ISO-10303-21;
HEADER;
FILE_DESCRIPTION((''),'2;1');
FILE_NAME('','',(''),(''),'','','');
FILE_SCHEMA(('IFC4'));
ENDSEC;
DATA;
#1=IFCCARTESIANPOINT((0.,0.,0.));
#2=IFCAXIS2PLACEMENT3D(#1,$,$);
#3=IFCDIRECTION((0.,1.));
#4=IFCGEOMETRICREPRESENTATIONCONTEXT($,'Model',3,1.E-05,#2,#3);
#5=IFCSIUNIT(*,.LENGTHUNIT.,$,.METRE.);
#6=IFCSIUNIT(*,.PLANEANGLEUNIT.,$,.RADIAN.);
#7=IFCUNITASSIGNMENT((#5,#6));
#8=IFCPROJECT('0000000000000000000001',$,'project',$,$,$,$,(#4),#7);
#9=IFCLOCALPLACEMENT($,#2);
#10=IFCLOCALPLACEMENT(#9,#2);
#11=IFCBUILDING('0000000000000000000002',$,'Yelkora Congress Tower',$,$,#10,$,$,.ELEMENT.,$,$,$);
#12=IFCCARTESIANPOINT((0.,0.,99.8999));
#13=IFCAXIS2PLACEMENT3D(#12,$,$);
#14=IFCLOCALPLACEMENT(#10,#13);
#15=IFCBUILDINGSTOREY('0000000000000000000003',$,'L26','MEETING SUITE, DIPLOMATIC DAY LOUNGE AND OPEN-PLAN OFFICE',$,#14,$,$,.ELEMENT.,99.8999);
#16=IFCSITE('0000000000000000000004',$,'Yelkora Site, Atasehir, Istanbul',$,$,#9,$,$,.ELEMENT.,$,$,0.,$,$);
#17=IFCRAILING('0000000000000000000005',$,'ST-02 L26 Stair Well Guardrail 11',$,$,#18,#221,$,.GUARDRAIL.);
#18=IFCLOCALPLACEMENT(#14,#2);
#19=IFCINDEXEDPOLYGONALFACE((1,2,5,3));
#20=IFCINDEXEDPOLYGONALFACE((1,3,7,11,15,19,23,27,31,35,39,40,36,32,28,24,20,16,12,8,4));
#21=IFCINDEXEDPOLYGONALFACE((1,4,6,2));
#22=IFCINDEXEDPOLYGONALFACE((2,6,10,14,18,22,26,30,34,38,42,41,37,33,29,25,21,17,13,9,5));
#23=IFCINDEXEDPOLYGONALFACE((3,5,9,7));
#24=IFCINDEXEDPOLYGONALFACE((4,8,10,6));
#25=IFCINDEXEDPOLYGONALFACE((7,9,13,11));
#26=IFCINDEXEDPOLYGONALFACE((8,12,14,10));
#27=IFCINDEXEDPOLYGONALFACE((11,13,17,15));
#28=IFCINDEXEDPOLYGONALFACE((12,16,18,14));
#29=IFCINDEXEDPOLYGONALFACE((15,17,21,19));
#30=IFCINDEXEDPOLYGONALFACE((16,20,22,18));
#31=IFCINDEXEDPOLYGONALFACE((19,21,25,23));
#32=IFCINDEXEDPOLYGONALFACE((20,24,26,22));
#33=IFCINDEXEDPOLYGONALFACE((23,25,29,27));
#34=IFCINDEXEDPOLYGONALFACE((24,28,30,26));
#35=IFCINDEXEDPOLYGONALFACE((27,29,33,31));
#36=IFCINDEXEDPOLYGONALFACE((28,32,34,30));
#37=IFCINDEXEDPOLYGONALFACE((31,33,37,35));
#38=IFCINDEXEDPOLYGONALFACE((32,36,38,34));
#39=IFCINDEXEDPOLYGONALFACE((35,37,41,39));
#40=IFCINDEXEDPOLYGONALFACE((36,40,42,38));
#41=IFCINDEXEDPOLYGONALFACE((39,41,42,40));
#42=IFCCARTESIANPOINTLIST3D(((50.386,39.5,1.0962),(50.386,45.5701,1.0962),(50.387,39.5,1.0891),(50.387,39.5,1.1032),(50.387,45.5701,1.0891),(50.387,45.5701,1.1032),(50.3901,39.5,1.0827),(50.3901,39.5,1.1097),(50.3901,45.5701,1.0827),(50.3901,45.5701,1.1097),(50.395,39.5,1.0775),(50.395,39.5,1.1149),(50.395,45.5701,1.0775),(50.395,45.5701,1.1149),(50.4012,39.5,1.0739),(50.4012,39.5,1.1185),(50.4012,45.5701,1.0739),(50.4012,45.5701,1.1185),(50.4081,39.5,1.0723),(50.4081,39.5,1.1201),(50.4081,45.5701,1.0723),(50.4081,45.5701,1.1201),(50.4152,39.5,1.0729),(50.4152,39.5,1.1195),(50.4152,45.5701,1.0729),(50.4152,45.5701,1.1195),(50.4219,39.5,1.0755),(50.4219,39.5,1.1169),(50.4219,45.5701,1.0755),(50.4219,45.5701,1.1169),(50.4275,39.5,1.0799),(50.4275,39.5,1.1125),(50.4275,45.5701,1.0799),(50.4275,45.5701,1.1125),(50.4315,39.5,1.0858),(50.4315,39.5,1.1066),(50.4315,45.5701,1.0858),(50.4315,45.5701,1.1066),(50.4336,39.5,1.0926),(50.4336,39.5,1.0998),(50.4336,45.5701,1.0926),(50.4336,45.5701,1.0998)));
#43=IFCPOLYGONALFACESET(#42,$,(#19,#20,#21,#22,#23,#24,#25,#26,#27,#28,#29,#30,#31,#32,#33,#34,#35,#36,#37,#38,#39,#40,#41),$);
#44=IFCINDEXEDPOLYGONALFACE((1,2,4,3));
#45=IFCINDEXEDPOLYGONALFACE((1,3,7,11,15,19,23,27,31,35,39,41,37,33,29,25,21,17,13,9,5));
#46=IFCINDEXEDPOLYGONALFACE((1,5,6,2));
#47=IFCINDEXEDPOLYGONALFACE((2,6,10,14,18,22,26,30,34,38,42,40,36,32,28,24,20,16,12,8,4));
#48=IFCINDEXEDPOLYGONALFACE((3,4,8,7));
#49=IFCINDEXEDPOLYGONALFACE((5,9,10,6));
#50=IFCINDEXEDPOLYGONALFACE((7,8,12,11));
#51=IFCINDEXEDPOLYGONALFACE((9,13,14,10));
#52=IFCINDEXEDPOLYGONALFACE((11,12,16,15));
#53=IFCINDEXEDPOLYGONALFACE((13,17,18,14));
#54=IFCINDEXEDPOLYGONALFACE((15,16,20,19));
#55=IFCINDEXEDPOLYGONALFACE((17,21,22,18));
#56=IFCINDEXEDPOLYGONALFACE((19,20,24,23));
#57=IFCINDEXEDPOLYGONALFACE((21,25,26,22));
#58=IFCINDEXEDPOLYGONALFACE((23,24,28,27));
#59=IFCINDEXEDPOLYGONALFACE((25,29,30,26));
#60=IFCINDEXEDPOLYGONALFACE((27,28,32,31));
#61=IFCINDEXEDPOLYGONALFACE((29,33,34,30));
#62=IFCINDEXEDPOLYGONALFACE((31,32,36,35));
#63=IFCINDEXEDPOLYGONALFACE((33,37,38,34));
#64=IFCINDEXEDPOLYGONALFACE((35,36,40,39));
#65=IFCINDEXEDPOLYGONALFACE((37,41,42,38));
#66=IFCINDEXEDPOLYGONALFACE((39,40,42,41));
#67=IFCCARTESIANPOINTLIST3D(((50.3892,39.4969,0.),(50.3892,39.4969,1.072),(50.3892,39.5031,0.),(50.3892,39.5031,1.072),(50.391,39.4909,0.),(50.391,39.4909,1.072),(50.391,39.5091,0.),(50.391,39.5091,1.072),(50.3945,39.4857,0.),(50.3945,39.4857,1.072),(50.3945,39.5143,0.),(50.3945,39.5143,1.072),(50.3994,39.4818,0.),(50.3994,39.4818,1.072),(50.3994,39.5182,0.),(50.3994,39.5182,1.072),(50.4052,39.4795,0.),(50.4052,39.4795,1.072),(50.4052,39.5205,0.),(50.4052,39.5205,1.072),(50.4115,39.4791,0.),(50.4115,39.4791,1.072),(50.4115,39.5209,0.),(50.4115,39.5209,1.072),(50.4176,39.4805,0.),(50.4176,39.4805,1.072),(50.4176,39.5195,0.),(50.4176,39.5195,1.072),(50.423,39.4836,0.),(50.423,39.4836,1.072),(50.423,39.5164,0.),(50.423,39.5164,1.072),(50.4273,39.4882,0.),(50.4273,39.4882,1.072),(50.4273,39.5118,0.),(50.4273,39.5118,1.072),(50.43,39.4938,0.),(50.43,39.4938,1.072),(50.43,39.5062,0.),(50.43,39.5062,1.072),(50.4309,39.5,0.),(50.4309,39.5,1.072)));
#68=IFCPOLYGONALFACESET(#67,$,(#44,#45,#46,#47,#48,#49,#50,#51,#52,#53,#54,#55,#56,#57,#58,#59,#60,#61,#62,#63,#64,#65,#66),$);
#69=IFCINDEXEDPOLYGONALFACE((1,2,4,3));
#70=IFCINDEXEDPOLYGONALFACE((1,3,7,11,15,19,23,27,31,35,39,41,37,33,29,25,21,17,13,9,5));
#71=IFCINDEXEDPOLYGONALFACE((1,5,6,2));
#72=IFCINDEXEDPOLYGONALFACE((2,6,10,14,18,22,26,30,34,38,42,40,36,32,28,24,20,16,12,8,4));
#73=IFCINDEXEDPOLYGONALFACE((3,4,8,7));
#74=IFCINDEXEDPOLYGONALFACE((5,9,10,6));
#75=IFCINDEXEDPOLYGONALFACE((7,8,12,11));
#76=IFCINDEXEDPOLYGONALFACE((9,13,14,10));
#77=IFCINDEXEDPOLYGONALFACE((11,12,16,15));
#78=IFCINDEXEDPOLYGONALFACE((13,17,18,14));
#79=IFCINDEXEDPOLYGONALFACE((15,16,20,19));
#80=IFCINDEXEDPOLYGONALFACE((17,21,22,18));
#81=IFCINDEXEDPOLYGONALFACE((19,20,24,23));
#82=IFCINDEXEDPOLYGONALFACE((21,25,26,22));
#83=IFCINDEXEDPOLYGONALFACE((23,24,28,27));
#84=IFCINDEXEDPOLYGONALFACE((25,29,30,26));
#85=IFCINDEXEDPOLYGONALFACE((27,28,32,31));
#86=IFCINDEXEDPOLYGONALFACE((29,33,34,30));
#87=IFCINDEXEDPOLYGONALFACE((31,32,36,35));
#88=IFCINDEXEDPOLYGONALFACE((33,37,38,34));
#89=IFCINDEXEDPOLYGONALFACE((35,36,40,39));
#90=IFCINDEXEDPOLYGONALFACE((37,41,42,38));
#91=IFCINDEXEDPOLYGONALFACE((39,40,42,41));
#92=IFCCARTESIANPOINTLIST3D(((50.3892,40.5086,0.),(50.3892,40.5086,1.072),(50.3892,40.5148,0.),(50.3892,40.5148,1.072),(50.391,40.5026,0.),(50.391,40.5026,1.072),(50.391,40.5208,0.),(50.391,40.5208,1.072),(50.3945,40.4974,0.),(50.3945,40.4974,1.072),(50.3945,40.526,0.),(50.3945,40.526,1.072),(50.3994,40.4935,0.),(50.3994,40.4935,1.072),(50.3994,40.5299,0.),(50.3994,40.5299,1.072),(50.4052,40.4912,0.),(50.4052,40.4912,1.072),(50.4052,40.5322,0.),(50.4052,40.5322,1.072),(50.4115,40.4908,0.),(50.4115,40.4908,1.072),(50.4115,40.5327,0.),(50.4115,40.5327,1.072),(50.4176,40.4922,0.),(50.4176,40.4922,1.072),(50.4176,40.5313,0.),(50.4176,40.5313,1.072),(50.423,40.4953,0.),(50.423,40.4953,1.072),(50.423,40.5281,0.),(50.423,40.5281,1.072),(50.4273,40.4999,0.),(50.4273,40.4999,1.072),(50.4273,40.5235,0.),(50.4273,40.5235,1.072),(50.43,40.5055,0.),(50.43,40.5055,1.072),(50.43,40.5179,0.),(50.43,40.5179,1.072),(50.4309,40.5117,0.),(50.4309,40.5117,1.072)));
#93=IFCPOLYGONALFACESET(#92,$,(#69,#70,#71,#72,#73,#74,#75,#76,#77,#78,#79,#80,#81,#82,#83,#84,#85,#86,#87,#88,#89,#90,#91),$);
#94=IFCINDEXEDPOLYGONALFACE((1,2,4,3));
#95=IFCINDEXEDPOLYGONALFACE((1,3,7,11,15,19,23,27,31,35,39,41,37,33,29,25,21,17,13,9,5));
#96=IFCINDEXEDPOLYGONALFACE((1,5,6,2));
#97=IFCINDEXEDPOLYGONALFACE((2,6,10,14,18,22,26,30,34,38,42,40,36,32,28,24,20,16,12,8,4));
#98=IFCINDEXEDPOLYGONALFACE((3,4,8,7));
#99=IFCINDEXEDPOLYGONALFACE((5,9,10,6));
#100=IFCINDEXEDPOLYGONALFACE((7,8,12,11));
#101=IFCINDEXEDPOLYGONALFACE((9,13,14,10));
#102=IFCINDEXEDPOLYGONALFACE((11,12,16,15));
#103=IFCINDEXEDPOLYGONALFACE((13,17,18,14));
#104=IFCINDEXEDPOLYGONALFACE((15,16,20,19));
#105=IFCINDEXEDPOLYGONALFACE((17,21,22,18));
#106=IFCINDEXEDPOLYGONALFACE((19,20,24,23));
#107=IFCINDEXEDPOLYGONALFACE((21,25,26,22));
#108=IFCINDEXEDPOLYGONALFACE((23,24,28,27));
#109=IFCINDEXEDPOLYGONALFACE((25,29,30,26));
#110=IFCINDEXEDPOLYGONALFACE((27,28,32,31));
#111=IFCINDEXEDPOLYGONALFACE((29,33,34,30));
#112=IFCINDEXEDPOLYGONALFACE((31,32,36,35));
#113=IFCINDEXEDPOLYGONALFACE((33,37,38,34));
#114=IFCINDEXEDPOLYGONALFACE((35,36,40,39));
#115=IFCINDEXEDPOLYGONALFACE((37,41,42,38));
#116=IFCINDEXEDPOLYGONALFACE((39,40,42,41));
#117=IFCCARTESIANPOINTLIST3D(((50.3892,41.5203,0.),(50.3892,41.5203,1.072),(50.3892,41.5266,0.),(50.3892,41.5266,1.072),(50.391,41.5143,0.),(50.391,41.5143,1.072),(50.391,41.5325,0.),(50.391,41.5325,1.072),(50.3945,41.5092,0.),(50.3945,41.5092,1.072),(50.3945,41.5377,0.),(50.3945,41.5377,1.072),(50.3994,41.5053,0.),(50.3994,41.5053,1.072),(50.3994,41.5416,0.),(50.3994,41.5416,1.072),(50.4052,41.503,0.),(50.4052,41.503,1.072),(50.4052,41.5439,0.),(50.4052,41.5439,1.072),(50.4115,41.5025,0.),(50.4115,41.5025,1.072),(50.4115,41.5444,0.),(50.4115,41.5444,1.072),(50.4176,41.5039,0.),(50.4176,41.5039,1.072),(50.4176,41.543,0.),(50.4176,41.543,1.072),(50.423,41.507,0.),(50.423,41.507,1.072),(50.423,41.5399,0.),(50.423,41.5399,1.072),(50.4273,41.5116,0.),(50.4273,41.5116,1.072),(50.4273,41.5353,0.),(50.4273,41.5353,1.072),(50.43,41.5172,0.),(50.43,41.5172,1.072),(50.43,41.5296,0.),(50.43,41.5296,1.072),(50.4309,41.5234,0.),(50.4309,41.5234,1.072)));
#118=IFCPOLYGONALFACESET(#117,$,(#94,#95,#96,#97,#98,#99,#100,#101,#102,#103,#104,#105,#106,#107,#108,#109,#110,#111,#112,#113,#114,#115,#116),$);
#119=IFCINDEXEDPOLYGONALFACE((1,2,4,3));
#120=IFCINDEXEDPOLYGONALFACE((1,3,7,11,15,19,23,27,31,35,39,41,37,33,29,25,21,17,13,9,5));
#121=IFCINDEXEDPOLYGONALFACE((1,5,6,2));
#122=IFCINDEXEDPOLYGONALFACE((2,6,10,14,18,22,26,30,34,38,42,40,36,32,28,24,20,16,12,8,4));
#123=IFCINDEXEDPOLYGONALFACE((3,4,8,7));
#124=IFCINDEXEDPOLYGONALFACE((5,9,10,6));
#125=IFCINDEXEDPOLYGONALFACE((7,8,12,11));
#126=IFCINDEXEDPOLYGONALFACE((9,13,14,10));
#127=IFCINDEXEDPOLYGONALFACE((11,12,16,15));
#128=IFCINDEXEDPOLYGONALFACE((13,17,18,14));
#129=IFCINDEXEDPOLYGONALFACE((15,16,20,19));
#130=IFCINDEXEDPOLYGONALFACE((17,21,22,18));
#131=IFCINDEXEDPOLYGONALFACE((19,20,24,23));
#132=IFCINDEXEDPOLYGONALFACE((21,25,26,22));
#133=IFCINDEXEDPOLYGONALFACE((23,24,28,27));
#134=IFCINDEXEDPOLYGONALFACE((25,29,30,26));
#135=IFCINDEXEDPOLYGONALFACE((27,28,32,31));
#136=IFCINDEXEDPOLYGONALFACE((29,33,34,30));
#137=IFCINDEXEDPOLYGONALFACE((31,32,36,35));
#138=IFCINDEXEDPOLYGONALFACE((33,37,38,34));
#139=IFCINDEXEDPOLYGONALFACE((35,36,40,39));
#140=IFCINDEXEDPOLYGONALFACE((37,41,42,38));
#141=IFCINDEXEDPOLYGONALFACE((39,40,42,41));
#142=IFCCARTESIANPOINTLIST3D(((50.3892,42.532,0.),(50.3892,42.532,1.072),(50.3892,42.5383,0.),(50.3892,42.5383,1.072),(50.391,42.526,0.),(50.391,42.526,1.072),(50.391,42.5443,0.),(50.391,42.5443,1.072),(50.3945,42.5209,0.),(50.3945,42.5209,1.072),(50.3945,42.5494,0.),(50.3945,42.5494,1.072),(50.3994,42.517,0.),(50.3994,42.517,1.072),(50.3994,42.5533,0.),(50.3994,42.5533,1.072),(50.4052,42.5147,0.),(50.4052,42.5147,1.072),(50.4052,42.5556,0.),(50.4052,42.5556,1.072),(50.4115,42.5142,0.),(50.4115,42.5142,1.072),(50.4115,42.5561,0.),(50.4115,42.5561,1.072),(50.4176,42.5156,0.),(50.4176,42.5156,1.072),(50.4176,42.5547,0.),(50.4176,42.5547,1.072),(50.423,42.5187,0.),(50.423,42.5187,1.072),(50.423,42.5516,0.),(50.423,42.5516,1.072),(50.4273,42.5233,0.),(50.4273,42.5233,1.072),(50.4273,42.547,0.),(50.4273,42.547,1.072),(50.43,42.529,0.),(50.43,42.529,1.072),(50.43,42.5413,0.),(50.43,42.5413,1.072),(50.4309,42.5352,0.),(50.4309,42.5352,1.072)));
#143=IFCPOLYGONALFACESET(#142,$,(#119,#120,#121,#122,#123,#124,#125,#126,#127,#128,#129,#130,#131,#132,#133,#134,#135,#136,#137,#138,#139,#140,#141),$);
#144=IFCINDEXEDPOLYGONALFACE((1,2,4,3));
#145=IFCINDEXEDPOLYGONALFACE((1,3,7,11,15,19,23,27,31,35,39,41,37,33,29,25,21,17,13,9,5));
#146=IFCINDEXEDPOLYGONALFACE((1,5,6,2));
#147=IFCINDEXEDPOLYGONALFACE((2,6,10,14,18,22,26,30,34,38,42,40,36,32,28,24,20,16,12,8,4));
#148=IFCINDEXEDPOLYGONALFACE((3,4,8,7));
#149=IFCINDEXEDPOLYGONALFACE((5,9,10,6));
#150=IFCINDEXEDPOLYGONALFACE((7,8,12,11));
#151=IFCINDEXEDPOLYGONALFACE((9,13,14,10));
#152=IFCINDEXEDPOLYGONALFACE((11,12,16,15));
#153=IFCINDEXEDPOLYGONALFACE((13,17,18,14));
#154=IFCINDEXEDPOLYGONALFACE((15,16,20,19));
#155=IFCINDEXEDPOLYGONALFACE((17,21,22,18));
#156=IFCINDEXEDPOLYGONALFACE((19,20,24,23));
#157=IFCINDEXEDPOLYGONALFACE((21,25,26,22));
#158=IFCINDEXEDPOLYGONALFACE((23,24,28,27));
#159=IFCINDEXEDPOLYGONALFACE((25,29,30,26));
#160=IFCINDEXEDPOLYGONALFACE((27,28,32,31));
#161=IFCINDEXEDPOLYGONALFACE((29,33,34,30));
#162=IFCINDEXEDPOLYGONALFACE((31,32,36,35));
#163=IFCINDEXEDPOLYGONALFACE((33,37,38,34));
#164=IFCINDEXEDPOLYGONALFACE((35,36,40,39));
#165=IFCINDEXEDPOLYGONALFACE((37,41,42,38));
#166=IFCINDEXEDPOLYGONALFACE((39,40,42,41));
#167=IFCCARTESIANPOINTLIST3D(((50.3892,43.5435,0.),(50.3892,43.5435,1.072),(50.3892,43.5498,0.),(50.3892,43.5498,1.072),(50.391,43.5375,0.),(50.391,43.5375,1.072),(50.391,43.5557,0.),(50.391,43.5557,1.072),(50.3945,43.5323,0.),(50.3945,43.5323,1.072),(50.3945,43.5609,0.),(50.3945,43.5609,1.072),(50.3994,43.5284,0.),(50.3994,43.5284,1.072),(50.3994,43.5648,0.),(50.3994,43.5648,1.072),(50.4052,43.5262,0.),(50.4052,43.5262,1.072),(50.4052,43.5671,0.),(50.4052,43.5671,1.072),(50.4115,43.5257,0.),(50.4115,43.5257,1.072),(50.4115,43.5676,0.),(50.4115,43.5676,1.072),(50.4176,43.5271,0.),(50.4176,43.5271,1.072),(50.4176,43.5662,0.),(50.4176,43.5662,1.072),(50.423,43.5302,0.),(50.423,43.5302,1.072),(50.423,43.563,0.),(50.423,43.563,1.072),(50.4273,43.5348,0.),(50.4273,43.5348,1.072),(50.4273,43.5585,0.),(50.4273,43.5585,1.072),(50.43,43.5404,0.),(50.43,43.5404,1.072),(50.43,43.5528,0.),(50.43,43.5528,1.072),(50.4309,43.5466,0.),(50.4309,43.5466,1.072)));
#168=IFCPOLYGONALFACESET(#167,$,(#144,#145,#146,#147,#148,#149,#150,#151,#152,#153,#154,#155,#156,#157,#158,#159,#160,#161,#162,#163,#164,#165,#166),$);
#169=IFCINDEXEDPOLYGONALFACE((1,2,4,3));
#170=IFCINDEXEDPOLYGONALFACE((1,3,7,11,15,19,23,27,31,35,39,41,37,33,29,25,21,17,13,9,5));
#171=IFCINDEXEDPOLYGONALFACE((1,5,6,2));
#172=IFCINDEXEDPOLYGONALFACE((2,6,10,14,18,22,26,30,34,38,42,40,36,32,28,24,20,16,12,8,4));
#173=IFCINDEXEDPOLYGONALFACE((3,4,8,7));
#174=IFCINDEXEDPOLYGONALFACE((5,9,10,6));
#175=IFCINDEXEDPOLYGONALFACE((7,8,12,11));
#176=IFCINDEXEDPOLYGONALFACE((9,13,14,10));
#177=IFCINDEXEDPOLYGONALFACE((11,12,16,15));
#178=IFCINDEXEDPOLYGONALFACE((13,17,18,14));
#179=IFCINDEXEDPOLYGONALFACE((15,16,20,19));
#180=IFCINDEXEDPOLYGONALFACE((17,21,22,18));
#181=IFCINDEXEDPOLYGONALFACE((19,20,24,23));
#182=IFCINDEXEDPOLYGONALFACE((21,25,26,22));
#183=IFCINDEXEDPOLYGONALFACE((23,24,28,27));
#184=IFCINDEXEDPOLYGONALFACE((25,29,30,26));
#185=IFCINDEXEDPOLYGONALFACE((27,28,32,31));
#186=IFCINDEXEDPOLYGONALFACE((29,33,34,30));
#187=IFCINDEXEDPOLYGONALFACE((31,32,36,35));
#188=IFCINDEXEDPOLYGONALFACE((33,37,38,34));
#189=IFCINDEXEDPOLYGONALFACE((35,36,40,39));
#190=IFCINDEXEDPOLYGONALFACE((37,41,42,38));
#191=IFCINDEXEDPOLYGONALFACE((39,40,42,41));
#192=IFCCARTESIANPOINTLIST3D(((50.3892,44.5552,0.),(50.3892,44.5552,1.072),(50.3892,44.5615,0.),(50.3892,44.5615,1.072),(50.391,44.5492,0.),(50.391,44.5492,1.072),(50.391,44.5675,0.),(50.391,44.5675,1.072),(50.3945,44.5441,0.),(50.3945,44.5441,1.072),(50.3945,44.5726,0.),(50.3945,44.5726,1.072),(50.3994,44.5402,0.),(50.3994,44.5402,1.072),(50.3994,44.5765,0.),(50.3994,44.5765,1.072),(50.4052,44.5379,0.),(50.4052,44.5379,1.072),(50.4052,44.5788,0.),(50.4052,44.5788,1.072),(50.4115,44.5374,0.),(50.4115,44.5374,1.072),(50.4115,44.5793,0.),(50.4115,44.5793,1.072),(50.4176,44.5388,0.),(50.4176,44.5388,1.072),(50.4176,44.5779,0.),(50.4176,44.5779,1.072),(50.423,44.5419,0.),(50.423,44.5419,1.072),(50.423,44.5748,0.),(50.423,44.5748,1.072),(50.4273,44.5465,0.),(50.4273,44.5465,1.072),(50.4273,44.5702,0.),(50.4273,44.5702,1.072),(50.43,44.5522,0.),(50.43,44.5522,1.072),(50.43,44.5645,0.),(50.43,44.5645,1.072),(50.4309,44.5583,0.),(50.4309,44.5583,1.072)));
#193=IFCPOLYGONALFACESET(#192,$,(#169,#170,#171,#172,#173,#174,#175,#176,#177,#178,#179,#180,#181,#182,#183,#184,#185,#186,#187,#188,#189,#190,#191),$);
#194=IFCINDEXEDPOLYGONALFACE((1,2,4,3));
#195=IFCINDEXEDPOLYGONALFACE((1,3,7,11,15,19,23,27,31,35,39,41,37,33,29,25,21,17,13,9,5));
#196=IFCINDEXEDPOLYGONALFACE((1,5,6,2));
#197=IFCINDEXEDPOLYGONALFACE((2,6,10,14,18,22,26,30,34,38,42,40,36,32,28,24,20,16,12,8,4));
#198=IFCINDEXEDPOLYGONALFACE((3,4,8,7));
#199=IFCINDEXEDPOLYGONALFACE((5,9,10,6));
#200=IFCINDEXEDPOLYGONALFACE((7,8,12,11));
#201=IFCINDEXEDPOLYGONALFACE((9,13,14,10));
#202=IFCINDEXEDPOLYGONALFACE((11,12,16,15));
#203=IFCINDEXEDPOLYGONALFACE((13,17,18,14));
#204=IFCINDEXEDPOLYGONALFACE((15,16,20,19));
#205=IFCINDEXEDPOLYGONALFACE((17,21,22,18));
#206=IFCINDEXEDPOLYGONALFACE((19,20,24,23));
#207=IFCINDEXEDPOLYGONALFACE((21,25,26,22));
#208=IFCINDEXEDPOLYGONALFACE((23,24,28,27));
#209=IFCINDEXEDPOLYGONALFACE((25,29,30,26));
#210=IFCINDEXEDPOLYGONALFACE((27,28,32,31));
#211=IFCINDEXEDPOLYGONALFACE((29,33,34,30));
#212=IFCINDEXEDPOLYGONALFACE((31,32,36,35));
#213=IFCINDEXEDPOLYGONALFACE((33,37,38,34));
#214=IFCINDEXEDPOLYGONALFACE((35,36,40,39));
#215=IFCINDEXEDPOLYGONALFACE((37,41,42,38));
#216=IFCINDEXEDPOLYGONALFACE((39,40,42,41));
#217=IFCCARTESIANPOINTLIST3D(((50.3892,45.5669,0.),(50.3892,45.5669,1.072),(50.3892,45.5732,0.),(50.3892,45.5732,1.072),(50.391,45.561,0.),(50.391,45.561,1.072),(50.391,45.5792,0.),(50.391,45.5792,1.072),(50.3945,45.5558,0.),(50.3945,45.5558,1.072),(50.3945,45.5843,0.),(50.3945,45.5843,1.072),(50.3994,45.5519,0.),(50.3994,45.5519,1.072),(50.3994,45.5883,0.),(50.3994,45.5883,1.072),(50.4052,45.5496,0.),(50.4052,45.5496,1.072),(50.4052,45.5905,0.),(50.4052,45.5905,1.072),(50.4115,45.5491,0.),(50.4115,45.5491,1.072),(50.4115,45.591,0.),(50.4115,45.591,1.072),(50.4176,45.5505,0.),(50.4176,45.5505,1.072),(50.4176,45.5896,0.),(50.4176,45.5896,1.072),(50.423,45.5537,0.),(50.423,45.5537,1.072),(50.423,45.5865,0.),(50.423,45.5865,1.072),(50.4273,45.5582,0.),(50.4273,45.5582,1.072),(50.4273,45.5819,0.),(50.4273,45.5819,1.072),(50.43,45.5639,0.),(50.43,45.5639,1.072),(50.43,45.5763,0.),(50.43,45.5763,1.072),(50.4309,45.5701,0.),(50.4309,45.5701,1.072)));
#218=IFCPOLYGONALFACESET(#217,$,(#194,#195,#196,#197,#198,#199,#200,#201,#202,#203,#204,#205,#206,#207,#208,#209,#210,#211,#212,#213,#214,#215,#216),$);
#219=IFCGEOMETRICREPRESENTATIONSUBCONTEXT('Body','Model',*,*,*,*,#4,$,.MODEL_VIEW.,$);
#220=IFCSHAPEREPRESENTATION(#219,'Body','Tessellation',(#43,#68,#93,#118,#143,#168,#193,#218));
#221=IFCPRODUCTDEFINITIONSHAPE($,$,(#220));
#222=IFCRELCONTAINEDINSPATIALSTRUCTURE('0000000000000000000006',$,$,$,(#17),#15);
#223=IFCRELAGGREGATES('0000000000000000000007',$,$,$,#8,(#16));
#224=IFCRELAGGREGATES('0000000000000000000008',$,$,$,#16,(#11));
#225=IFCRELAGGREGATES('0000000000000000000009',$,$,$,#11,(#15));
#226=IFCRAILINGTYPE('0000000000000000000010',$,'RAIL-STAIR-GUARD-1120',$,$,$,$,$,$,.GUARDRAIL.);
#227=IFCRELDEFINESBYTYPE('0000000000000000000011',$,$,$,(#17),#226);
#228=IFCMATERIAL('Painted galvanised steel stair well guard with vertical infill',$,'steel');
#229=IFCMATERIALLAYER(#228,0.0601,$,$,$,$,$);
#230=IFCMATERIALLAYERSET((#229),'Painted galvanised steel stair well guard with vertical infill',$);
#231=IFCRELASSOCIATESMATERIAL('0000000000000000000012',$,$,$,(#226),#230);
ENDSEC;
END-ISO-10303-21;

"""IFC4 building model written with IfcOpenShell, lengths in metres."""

from ifc_helpers import new_model, si_unit, direction, frame, origin, origin_2d, place, context, subcontext, project, spatial, circle, extrude, material, layer, layer_set, type_object, element, save


model = new_model("IFC4")

# Units and contexts
model_context = context("Model", 3, precision=1e-05, world=origin(), true_north=direction((0.0, 1.0)))
body_context = subcontext(model_context, "Body", "Model", "MODEL_VIEW")
ifc_project = project(units=[si_unit("LENGTHUNIT", "METRE"), si_unit("PLANEANGLEUNIT", "RADIAN")], contexts=[model_context])

# Site, building, storey
site_placement = place(None, origin())
site = spatial("IfcSite", under=ifc_project, at=site_placement, Name="Yelkora Site, Atasehir, Istanbul", CompositionType="ELEMENT", RefElevation=0.0)
building_placement = place(site_placement, origin())
building = spatial("IfcBuilding", under=site, at=building_placement, Name="Yelkora Congress Tower", CompositionType="ELEMENT")
storey_placement = place(building_placement, frame((0.0, 0.0, 99.8999)))
storey = spatial("IfcBuildingStorey", under=building, at=storey_placement, Name="L26", Description="MEETING SUITE, DIPLOMATIC DAY LOUNGE AND OPEN-PLAN OFFICE", CompositionType="ELEMENT", Elevation=99.8999)

# Railing
ifc_material_1 = material(Name="Painted galvanised steel stair well guard with vertical infill", Category="steel")
ifc_layer_1 = layer(ifc_material_1, 0.0601)
ifc_layer_set_1 = layer_set([ifc_layer_1], Name="Painted galvanised steel stair well guard with vertical infill")
railing_type_1 = type_object("IfcRailingType", Name="RAIL-STAIR-GUARD-1120", PredefinedType="GUARDRAIL", material=ifc_layer_set_1)
railing_1_placement = place(storey_placement, frame((50.4099, 39.5, 0.0)))
element("IfcRailing", 1, at=railing_1_placement, inside=storey, type_object=railing_type_1, Name="ST-02 L26 Stair Well Guardrail 11", PredefinedType="GUARDRAIL", context=body_context, shape_type="SweptSolid", body=[
    extrude(circle(Radius=0.0239, at=origin_2d()), frame((0.0, 0.0, 1.0962), z_axis=(0.0, 1.0, 0.0), x_axis=(-1.0, 0.0, 0.0)), (0.0, 0.0, 1.0), 6.0701),
    extrude(circle(Radius=0.021, at=origin_2d()), origin(), (0.0, 0.0, 1.0), 1.072),
    extrude(circle(Radius=0.021, at=origin_2d()), frame((0.0, 1.0117, 0.0)), (0.0, 0.0, 1.0), 1.072),
    extrude(circle(Radius=0.021, at=origin_2d()), frame((0.0, 2.0234, 0.0)), (0.0, 0.0, 1.0), 1.072),
    extrude(circle(Radius=0.021, at=origin_2d()), frame((0.0, 3.0352, 0.0)), (0.0, 0.0, 1.0), 1.072),
    extrude(circle(Radius=0.021, at=origin_2d()), frame((0.0, 4.0466, 0.0)), (0.0, 0.0, 1.0), 1.072),
    extrude(circle(Radius=0.021, at=origin_2d()), frame((0.0, 5.0583, 0.0)), (0.0, 0.0, 1.0), 1.072),
    extrude(circle(Radius=0.021, at=origin_2d()), frame((0.0, 6.0701, 0.0)), (0.0, 0.0, 1.0), 1.072),
])

save(model, "model.ifc")
